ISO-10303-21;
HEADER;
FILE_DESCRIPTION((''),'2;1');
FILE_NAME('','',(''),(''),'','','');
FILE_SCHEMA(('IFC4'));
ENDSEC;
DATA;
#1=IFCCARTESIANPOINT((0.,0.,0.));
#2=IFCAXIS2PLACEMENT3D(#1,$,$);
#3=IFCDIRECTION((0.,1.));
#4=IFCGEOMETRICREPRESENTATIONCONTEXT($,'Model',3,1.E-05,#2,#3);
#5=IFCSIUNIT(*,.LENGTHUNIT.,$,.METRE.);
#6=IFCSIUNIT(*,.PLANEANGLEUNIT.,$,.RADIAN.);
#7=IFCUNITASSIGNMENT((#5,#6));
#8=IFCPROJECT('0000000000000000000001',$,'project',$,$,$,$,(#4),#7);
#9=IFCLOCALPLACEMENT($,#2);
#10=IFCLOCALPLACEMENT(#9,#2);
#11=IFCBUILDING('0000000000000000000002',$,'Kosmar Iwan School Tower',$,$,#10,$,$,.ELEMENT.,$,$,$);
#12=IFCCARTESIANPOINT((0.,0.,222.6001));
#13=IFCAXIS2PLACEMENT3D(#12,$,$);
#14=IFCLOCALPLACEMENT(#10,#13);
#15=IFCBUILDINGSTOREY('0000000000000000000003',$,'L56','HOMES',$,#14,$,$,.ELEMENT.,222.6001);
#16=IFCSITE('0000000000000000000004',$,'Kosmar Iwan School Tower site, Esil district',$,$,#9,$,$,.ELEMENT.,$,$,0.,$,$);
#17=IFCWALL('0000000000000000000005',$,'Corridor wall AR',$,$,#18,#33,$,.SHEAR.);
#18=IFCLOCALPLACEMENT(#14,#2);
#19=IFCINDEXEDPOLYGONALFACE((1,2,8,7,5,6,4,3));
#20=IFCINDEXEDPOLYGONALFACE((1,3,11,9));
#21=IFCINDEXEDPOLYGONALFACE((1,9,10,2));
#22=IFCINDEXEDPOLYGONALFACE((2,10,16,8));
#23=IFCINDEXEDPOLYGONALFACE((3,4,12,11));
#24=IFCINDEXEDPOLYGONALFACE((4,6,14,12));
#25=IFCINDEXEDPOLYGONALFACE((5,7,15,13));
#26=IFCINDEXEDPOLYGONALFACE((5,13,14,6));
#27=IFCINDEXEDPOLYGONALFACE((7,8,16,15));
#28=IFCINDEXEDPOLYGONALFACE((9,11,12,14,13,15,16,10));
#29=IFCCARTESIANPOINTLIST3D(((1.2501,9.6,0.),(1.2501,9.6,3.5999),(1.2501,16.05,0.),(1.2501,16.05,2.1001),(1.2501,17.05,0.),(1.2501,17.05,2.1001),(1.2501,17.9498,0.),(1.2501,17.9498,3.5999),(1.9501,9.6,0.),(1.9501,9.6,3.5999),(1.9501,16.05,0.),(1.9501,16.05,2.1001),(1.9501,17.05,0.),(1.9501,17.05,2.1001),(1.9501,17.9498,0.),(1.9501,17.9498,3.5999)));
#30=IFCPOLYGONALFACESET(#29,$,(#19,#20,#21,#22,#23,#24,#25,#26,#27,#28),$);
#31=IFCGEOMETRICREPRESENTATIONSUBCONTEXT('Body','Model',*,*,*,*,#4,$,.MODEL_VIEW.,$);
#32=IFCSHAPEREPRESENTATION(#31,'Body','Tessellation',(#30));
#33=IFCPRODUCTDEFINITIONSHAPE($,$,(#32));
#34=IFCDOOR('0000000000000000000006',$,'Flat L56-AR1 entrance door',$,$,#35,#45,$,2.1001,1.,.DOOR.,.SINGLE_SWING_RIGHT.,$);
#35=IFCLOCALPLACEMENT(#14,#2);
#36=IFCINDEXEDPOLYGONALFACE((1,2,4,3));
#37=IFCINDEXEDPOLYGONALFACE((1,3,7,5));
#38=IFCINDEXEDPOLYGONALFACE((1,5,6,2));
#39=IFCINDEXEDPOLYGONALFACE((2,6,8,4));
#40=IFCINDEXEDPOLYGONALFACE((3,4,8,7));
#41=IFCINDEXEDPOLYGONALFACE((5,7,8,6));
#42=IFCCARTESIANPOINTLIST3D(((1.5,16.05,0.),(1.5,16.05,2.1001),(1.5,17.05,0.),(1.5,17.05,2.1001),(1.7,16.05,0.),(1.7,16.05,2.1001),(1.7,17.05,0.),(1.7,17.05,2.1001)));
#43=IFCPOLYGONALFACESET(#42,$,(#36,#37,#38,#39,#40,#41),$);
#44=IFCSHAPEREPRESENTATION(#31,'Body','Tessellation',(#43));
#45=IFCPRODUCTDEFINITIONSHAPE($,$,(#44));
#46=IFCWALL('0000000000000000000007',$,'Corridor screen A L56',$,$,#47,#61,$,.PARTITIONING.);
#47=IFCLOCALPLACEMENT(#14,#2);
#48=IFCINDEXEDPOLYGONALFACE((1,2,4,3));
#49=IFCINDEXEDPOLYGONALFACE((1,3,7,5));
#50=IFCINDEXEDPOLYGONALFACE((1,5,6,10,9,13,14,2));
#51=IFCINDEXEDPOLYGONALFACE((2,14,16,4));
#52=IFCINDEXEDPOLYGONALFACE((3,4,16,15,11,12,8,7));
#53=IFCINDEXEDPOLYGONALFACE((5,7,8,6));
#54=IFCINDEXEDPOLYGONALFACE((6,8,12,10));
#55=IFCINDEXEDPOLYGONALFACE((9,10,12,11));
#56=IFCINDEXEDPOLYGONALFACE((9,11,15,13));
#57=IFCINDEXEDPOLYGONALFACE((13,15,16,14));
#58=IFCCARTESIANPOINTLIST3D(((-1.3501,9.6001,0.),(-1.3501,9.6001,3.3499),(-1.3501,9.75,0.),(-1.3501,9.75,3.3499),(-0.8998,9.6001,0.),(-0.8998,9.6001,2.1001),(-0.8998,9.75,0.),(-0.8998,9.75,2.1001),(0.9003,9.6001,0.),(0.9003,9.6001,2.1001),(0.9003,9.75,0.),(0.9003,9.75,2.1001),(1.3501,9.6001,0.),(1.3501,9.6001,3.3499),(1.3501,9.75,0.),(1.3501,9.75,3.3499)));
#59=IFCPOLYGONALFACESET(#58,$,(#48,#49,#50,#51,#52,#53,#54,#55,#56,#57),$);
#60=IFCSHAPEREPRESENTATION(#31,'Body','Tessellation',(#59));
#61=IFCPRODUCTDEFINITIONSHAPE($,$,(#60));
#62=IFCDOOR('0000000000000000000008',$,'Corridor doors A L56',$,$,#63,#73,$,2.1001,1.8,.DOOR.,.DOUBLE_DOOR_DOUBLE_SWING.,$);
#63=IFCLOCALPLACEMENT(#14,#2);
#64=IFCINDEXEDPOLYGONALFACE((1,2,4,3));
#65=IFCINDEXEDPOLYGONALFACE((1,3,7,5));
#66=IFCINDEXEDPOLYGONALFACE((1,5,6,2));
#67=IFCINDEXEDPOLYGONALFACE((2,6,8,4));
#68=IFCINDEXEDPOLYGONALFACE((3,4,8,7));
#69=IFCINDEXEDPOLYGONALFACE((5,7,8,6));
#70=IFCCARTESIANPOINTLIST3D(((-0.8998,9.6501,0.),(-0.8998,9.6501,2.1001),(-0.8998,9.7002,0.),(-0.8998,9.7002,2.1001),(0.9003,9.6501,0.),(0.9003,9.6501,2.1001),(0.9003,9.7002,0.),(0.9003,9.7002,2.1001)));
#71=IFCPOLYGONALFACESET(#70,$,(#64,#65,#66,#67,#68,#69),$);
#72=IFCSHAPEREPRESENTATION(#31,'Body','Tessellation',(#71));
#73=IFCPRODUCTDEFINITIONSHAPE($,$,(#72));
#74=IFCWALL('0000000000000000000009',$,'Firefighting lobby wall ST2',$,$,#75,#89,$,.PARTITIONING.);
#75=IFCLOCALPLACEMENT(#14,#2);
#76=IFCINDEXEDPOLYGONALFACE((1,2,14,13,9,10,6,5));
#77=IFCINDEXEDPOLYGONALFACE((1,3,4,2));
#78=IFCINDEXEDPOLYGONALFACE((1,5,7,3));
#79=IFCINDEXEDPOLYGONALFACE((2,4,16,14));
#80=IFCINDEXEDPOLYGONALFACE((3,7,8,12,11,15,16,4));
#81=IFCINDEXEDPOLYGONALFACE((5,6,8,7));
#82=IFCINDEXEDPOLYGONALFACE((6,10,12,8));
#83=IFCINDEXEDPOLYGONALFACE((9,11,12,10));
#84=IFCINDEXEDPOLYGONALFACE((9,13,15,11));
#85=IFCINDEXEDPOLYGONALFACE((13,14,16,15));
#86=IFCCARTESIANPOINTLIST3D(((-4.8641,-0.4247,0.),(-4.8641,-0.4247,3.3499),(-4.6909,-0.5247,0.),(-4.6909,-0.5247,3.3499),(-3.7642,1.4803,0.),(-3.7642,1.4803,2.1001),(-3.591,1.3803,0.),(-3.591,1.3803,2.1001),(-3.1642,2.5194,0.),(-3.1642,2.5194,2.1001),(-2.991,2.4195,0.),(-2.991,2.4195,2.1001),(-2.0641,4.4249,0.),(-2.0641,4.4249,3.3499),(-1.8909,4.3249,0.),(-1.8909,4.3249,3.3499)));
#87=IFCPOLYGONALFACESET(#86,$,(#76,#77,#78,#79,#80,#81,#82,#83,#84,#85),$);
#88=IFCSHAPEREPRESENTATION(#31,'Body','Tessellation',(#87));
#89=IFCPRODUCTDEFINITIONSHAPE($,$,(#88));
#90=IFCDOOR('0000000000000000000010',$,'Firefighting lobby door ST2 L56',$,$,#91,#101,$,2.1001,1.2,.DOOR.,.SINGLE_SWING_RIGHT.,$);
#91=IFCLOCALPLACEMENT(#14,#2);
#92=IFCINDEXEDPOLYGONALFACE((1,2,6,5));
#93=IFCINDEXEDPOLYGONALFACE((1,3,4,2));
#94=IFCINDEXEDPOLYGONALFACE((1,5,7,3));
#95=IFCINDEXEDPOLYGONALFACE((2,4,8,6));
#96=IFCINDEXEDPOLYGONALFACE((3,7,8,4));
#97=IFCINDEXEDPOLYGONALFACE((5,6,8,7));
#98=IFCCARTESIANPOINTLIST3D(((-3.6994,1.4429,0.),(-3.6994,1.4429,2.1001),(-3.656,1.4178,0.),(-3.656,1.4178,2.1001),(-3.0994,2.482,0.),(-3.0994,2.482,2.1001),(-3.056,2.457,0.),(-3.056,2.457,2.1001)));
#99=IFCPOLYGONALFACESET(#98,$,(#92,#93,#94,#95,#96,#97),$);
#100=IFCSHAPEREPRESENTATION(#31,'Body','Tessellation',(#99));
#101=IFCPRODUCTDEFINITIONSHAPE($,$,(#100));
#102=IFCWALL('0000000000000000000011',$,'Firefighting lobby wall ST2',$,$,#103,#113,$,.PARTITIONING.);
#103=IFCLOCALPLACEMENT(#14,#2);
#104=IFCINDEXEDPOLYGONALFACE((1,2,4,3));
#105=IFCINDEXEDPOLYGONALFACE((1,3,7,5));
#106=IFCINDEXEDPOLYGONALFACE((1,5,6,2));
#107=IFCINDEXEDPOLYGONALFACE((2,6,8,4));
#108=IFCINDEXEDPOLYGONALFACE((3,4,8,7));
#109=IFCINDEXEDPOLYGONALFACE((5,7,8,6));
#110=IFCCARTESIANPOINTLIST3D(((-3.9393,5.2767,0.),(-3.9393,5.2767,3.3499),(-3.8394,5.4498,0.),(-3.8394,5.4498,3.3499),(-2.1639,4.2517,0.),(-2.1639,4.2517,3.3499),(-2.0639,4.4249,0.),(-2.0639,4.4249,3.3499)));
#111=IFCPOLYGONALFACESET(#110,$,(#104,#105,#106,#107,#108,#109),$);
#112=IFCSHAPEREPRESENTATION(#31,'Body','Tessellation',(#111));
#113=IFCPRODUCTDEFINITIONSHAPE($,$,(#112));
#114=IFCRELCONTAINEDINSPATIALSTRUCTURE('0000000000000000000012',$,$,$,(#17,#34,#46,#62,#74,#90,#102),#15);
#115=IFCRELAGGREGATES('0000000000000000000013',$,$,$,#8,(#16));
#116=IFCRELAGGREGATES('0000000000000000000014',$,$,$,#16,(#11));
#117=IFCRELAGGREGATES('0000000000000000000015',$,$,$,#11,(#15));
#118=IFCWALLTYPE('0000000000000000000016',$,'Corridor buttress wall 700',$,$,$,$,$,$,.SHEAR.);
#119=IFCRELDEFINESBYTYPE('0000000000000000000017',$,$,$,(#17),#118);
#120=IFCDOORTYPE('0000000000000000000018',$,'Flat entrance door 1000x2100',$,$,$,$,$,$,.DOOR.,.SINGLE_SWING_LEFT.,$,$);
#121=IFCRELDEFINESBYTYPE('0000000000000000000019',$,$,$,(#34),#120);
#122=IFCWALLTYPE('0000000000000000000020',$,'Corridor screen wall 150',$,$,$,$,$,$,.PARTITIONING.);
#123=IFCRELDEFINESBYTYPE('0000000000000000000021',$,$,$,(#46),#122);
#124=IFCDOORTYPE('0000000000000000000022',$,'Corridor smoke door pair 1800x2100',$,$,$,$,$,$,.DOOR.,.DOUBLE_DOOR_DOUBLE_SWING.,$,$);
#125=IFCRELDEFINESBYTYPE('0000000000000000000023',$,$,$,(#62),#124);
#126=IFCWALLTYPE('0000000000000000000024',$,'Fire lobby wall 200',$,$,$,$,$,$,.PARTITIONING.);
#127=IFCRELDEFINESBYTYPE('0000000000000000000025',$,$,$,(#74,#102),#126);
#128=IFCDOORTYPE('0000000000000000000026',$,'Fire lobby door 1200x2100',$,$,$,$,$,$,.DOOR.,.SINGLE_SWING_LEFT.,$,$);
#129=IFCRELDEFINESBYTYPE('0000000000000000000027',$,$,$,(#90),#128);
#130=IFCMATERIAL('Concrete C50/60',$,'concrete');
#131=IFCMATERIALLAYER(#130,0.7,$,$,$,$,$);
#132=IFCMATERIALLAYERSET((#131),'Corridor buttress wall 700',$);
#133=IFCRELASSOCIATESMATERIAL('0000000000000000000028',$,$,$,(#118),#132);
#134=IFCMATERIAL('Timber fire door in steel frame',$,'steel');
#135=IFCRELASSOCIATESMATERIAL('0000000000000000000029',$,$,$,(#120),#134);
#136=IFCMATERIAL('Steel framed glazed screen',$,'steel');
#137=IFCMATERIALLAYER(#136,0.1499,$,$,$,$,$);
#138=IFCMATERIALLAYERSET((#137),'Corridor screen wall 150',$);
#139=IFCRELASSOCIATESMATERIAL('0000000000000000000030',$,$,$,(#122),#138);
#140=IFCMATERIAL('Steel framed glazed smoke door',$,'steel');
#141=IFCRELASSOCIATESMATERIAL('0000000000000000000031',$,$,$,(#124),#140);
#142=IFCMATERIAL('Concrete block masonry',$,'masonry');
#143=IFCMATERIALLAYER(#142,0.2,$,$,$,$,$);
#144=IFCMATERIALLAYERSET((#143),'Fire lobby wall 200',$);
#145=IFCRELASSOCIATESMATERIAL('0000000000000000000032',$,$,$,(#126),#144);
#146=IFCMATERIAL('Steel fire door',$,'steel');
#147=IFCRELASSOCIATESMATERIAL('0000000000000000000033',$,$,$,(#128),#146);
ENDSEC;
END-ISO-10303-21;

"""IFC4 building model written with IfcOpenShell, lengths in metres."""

from ifc_helpers import new_model, si_unit, direction, frame, frame_2d, origin, place, context, subcontext, project, spatial, rectangle, extrude, material, layer, layer_set, type_object, element, fill, save


model = new_model("IFC4")

# Units and contexts
model_context = context("Model", 3, precision=1e-05, world=origin(), true_north=direction((0.0, 1.0)))
body_context = subcontext(model_context, "Body", "Model", "MODEL_VIEW")
ifc_project = project(units=[si_unit("LENGTHUNIT", "METRE"), si_unit("PLANEANGLEUNIT", "RADIAN")], contexts=[model_context])

# Site, building, storey
site_placement = place(None, origin())
site = spatial("IfcSite", under=ifc_project, at=site_placement, Name="Kosmar Iwan School Tower site, Esil district", CompositionType="ELEMENT", RefElevation=0.0)
building_placement = place(site_placement, origin())
building = spatial("IfcBuilding", under=site, at=building_placement, Name="Kosmar Iwan School Tower", CompositionType="ELEMENT")
storey_placement = place(building_placement, frame((0.0, 0.0, 222.6001)))
storey = spatial("IfcBuildingStorey", under=building, at=storey_placement, Name="L56", Description="HOMES", CompositionType="ELEMENT", Elevation=222.6001)

# Walls, openings, doors
ifc_material_1 = material(Name="Concrete C50/60", Category="concrete")
ifc_layer_1 = layer(ifc_material_1, 0.7)
ifc_layer_set_1 = layer_set([ifc_layer_1], Name="Corridor buttress wall 700")
wall_type_1 = type_object("IfcWallType", Name="Corridor buttress wall 700", PredefinedType="SHEAR", material=ifc_layer_set_1)
ifc_material_2 = material(Name="Timber fire door in steel frame", Category="steel")
door_type_1 = type_object("IfcDoorType", Name="Flat entrance door 1000x2100", OperationType="SINGLE_SWING_LEFT", PredefinedType="DOOR", material=ifc_material_2)
wall_1_placement = place(storey_placement, frame((1.6001, 9.6001, 0.0), z_axis=(0.0, 0.0, 1.0), x_axis=(0.0, 1.0, 0.0)))
wall_1 = element("IfcWall", 1, at=wall_1_placement, inside=storey, type_object=wall_type_1, Name="Corridor wall AR", PredefinedType="SHEAR", context=body_context, shape_type="SweptSolid", body=[
    extrude(rectangle(XDim=8.3499, YDim=0.7, at=frame_2d((4.1748, 0.0))), origin(), (0.0, 0.0, 1.0), 3.5999),
])
opening_1_placement = place(wall_1_placement, frame((6.45, 0.0, 0.0)))
opening_1 = element("IfcOpeningElement", 2, at=opening_1_placement, cuts=wall_1, PredefinedType="OPENING", context=body_context, shape_type="SweptSolid", body=[
    extrude(rectangle(XDim=1.0, YDim=2.1001, at=frame_2d((0.5, 1.05))), frame((0.0, 0.3621, 0.0), z_axis=(0.0, -1.0, 0.0), x_axis=(1.0, 0.0, 0.0)), (0.0, 0.0, 1.0), 0.7239),
])
door_1_placement = place(opening_1_placement, origin())
door_1 = element("IfcDoor", 3, at=door_1_placement, inside=storey, type_object=door_type_1, Name="Flat L56-AR1 entrance door", OperationType="SINGLE_SWING_RIGHT", OverallHeight=2.1001, OverallWidth=1.0, PredefinedType="DOOR", context=body_context, shape_type="SweptSolid", body=[
    extrude(rectangle(XDim=1.0, YDim=2.1001, at=frame_2d((0.5, 1.05))), frame((0.0, 0.1001, 0.0), z_axis=(0.0, -1.0, 0.0), x_axis=(1.0, 0.0, 0.0)), (0.0, 0.0, 1.0), 0.2),
])
fill(opening_1, door_1)
ifc_material_3 = material(Name="Steel framed glazed screen", Category="steel")
ifc_layer_2 = layer(ifc_material_3, 0.1499)
ifc_layer_set_2 = layer_set([ifc_layer_2], Name="Corridor screen wall 150")
wall_type_2 = type_object("IfcWallType", Name="Corridor screen wall 150", PredefinedType="PARTITIONING", material=ifc_layer_set_2)
wall_2_placement = place(storey_placement, frame((1.3501, 9.675, 0.0), z_axis=(0.0, 0.0, 1.0), x_axis=(-1.0, 0.0, 0.0)))
wall_2 = element("IfcWall", 4, at=wall_2_placement, inside=storey, type_object=wall_type_2, Name="Corridor screen A L56", PredefinedType="PARTITIONING", context=body_context, shape_type="SweptSolid", body=[
    extrude(rectangle(XDim=2.7002, YDim=0.1499, at=frame_2d((1.3501, 0.0))), origin(), (0.0, 0.0, 1.0), 3.3499),
])
opening_2_placement = place(wall_2_placement, frame((0.45, 0.0, 0.0)))
opening_2 = element("IfcOpeningElement", 5, at=opening_2_placement, cuts=wall_2, PredefinedType="OPENING", context=body_context, shape_type="SweptSolid", body=[
    extrude(rectangle(XDim=1.8, YDim=2.1001, at=frame_2d((0.8999, 1.05))), frame((0.0, 0.0869, 0.0), z_axis=(0.0, -1.0, 0.0), x_axis=(1.0, 0.0, 0.0)), (0.0, 0.0, 1.0), 0.1738),
])
ifc_material_4 = material(Name="Steel framed glazed smoke door", Category="steel")
door_type_2 = type_object("IfcDoorType", Name="Corridor smoke door pair 1800x2100", OperationType="DOUBLE_DOOR_DOUBLE_SWING", PredefinedType="DOOR", material=ifc_material_4)
door_2_placement = place(opening_2_placement, origin())
door_2 = element("IfcDoor", 6, at=door_2_placement, inside=storey, type_object=door_type_2, Name="Corridor doors A L56", OperationType="DOUBLE_DOOR_DOUBLE_SWING", OverallHeight=2.1001, OverallWidth=1.8, PredefinedType="DOOR", context=body_context, shape_type="SweptSolid", body=[
    extrude(rectangle(XDim=1.8, YDim=2.1001, at=frame_2d((0.8999, 1.05))), frame((0.0, 0.0249, 0.0), z_axis=(0.0, -1.0, 0.0), x_axis=(1.0, 0.0, 0.0)), (0.0, 0.0, 1.0), 0.05),
])
fill(opening_2, door_2)
ifc_material_5 = material(Name="Concrete block masonry", Category="masonry")
ifc_layer_3 = layer(ifc_material_5, 0.2)
ifc_layer_set_3 = layer_set([ifc_layer_3], Name="Fire lobby wall 200")
wall_type_3 = type_object("IfcWallType", Name="Fire lobby wall 200", PredefinedType="PARTITIONING", material=ifc_layer_set_3)
wall_3_placement = place(storey_placement, frame((-1.9775, 4.3748, 0.0), z_axis=(0.0, 0.0, 1.0), x_axis=(-0.500017, -0.866016, 0.0)))
wall_3 = element("IfcWall", 7, at=wall_3_placement, inside=storey, type_object=wall_type_3, Name="Firefighting lobby wall ST2", PredefinedType="PARTITIONING", context=body_context, shape_type="SweptSolid", body=[
    extrude(rectangle(XDim=5.5999, YDim=0.2, at=frame_2d((2.7998, 0.0))), origin(), (0.0, 0.0, 1.0), 3.3499),
])
opening_3_placement = place(wall_3_placement, frame((2.2, 0.0, 0.0)))
opening_3 = element("IfcOpeningElement", 8, at=opening_3_placement, cuts=wall_3, PredefinedType="OPENING", context=body_context, shape_type="SweptSolid", body=[
    extrude(rectangle(XDim=1.2, YDim=2.1001, at=frame_2d((0.6001, 1.05))), frame((0.0, 0.1121, 0.0), z_axis=(0.0, -1.0, 0.0), x_axis=(1.0, 0.0, 0.0)), (0.0, 0.0, 1.0), 0.2239),
])
ifc_material_6 = material(Name="Steel fire door", Category="steel")
door_type_3 = type_object("IfcDoorType", Name="Fire lobby door 1200x2100", OperationType="SINGLE_SWING_LEFT", PredefinedType="DOOR", material=ifc_material_6)
door_3_placement = place(opening_3_placement, origin())
door_3 = element("IfcDoor", 9, at=door_3_placement, inside=storey, type_object=door_type_3, Name="Firefighting lobby door ST2 L56", OperationType="SINGLE_SWING_RIGHT", OverallHeight=2.1001, OverallWidth=1.2, PredefinedType="DOOR", context=body_context, shape_type="SweptSolid", body=[
    extrude(rectangle(XDim=1.2, YDim=2.1001, at=frame_2d((0.6001, 1.05))), frame((0.0, 0.0249, 0.0), z_axis=(0.0, -1.0, 0.0), x_axis=(1.0, 0.0, 0.0)), (0.0, 0.0, 1.0), 0.05),
])
fill(opening_3, door_3)

# Wall
wall_4_placement = place(storey_placement, frame((-2.114, 4.3384, 0.0), z_axis=(0.0, 0.0, 1.0), x_axis=(-0.866051, 0.499956, 0.0)))
element("IfcWall", 10, at=wall_4_placement, inside=storey, type_object=wall_type_3, Name="Firefighting lobby wall ST2", PredefinedType="PARTITIONING", context=body_context, shape_type="SweptSolid", body=[
    extrude(rectangle(XDim=2.05, YDim=0.2, at=frame_2d((1.0249, 0.0))), origin(), (0.0, 0.0, 1.0), 3.3499),
])

save(model, "model.ifc")
